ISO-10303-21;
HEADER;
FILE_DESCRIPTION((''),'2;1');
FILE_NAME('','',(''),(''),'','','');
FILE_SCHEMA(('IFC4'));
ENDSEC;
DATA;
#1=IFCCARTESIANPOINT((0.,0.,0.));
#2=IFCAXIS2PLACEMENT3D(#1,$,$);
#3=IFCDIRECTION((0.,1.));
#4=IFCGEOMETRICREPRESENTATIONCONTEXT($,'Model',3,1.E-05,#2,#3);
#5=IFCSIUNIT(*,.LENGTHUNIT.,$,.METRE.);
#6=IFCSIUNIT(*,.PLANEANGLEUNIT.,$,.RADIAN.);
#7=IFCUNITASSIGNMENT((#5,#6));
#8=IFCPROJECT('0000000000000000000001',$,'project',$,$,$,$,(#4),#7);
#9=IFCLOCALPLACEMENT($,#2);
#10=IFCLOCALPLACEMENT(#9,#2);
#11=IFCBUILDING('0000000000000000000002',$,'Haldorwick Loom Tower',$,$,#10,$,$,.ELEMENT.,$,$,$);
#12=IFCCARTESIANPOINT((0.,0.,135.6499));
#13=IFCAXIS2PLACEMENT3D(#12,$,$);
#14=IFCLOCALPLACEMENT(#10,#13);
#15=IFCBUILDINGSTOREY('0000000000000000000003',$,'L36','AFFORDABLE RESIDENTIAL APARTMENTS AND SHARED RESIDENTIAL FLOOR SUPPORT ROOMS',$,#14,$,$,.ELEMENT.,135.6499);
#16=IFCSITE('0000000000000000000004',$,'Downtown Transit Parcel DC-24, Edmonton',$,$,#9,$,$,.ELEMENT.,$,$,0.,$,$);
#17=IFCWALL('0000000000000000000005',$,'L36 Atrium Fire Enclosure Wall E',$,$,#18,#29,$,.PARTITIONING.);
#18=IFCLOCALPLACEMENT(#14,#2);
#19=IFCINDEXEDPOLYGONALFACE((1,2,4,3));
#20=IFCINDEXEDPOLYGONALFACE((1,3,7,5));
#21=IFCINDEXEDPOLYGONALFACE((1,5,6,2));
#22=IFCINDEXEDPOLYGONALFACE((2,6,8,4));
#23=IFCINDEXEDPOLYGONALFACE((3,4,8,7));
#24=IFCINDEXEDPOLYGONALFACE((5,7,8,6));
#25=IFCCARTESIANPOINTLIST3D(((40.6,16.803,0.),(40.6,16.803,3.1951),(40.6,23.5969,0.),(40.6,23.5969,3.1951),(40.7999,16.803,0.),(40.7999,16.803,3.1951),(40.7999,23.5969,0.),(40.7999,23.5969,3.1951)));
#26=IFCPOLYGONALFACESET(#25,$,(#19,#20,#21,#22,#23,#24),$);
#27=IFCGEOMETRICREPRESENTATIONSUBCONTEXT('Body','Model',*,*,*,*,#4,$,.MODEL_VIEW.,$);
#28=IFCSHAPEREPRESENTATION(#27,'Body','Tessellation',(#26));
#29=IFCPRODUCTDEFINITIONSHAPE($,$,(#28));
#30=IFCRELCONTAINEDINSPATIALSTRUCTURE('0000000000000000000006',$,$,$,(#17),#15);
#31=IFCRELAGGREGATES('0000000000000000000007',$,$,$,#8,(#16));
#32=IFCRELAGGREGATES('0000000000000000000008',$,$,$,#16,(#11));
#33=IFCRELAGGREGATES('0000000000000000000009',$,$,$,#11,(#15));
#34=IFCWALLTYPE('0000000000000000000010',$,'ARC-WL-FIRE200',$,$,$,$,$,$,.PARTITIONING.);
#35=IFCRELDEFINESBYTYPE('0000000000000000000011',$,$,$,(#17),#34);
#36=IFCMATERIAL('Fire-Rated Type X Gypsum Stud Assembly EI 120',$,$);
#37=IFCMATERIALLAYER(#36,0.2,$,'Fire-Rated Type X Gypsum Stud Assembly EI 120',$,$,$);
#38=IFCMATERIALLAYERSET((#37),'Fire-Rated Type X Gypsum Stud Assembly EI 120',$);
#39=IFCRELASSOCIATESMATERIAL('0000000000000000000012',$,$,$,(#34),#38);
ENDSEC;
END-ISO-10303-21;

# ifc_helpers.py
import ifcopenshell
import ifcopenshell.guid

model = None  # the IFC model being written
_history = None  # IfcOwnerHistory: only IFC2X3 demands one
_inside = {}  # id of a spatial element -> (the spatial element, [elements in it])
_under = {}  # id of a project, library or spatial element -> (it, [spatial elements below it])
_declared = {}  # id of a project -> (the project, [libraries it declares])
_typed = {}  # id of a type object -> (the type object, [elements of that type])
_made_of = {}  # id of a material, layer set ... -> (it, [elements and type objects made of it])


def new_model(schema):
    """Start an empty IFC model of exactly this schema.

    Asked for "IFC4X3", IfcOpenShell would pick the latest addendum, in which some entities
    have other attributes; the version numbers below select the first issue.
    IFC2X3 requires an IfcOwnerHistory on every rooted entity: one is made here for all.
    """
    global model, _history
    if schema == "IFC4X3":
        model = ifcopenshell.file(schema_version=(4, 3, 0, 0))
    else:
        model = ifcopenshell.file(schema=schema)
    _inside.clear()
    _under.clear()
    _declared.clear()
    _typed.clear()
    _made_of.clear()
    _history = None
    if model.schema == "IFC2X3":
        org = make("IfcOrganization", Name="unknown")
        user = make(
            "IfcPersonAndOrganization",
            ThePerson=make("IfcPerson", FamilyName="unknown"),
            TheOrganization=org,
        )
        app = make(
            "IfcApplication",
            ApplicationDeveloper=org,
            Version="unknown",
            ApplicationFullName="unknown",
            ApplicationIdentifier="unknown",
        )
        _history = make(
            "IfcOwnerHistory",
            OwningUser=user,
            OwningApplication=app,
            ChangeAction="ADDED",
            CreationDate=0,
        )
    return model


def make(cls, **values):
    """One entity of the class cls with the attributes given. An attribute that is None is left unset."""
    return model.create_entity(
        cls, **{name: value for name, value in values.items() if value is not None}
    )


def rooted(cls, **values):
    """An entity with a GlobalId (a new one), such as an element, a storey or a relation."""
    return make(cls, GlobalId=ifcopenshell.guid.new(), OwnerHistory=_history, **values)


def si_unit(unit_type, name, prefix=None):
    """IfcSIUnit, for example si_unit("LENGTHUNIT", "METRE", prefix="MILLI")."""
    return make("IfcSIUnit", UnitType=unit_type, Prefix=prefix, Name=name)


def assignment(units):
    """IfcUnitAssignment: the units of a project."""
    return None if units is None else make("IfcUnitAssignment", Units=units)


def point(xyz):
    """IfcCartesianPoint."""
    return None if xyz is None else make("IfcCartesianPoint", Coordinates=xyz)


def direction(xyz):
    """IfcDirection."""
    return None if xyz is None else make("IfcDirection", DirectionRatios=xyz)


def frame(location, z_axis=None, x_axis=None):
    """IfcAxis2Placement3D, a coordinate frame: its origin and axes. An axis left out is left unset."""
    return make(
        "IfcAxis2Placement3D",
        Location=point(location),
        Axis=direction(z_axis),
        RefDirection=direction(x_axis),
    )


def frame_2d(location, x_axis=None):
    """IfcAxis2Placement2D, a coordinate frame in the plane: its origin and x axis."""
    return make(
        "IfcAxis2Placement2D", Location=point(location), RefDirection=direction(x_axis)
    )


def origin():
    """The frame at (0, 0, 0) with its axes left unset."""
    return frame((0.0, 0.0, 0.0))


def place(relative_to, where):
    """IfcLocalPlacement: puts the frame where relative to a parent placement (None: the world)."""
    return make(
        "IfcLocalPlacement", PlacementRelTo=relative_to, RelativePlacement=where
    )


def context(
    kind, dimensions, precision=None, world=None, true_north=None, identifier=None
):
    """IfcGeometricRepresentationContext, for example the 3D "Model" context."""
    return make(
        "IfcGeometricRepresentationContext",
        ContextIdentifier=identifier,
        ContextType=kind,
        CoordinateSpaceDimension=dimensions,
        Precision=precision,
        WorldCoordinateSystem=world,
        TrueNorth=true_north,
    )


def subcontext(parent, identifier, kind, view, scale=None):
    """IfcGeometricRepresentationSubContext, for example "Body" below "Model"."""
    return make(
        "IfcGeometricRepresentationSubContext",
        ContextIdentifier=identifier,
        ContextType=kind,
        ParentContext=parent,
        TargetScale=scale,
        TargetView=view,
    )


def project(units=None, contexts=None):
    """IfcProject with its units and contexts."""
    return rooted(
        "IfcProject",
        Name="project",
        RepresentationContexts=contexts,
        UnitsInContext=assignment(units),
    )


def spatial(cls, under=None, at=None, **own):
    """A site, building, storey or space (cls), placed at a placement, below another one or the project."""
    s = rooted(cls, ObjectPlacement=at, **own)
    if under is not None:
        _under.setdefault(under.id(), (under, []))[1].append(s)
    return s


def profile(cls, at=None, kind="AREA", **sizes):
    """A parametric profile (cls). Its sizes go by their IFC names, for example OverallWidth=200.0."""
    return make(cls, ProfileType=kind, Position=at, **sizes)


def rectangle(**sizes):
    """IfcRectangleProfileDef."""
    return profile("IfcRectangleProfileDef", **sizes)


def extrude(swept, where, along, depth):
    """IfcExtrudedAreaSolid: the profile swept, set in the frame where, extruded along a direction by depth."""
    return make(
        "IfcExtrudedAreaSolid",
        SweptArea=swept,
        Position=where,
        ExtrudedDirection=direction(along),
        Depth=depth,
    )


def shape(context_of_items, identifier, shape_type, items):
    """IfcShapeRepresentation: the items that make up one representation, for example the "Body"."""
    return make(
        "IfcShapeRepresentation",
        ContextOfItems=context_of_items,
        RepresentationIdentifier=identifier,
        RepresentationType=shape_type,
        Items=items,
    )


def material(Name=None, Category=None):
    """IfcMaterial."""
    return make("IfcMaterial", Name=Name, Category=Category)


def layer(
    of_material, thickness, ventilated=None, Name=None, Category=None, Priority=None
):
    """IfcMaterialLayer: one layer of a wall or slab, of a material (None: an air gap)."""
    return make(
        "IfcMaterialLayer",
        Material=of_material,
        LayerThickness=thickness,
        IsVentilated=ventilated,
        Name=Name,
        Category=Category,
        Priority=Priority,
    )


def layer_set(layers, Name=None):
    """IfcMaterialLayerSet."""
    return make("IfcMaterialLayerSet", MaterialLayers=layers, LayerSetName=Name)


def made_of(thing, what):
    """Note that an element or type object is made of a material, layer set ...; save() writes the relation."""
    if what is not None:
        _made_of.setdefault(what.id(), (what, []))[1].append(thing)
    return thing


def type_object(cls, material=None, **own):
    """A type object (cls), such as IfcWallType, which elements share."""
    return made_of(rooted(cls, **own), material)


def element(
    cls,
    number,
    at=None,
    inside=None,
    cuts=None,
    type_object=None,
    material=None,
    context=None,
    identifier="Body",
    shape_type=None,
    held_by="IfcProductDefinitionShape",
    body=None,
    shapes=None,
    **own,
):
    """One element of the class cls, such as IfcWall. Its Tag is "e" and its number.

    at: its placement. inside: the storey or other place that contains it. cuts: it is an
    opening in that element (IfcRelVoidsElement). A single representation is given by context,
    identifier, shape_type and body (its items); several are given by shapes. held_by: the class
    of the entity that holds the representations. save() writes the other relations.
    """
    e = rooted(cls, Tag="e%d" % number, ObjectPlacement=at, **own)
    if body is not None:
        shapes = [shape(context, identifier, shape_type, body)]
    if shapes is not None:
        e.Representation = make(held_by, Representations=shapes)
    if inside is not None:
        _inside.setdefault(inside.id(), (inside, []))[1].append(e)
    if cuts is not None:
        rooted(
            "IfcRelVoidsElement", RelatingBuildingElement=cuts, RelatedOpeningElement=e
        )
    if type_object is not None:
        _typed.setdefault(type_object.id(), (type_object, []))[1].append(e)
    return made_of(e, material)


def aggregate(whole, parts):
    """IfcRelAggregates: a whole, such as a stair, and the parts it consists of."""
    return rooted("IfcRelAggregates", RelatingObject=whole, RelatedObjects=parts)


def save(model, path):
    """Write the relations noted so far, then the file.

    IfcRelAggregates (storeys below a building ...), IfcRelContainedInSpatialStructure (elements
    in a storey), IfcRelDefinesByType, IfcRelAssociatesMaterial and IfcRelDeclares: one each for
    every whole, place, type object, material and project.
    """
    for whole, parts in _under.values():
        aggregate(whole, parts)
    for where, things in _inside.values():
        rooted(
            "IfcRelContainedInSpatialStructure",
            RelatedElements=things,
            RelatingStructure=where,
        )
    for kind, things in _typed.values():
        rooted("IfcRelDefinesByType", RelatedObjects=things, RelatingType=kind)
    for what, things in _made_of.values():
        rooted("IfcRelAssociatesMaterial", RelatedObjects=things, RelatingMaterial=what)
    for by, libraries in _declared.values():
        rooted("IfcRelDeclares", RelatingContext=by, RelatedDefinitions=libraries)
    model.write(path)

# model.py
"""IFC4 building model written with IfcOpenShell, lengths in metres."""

from ifc_helpers import new_model, si_unit, direction, frame, frame_2d, origin, place, context, subcontext, project, spatial, rectangle, extrude, material, layer, layer_set, type_object, element, save


model = new_model("IFC4")

# Units and contexts
model_context = context("Model", 3, precision=1e-05, world=origin(), true_north=direction((0.0, 1.0)))
body_context = subcontext(model_context, "Body", "Model", "MODEL_VIEW")
ifc_project = project(units=[si_unit("LENGTHUNIT", "METRE"), si_unit("PLANEANGLEUNIT", "RADIAN")], contexts=[model_context])

# Site, building, storey
site_placement = place(None, origin())
site = spatial("IfcSite", under=ifc_project, at=site_placement, Name="Downtown Transit Parcel DC-24, Edmonton", CompositionType="ELEMENT", RefElevation=0.0)
building_placement = place(site_placement, origin())
building = spatial("IfcBuilding", under=site, at=building_placement, Name="Haldorwick Loom Tower", CompositionType="ELEMENT")
storey_placement = place(building_placement, frame((0.0, 0.0, 135.6499)))
storey = spatial("IfcBuildingStorey", under=building, at=storey_placement, Name="L36", Description="AFFORDABLE RESIDENTIAL APARTMENTS AND SHARED RESIDENTIAL FLOOR SUPPORT ROOMS", CompositionType="ELEMENT", Elevation=135.6499)

# Wall
ifc_material_1 = material(Name="Fire-Rated Type X Gypsum Stud Assembly EI 120")
ifc_layer_1 = layer(ifc_material_1, 0.2, Name="Fire-Rated Type X Gypsum Stud Assembly EI 120")
ifc_layer_set_1 = layer_set([ifc_layer_1], Name="Fire-Rated Type X Gypsum Stud Assembly EI 120")
wall_type_1 = type_object("IfcWallType", Name="ARC-WL-FIRE200", PredefinedType="PARTITIONING", material=ifc_layer_set_1)
wall_1_placement = place(storey_placement, frame((40.7, 23.5969, 0.0), z_axis=(0.0, 0.0, 1.0), x_axis=(0.0, -1.0, 0.0)))
element("IfcWall", 1, at=wall_1_placement, inside=storey, type_object=wall_type_1, Name="L36 Atrium Fire Enclosure Wall E", PredefinedType="PARTITIONING", context=body_context, shape_type="SweptSolid", body=[
    extrude(rectangle(XDim=6.7939, YDim=0.2, at=frame_2d((3.397, 0.0))), origin(), (0.0, 0.0, 1.0), 3.1951),
])

save(model, "model.ifc")
